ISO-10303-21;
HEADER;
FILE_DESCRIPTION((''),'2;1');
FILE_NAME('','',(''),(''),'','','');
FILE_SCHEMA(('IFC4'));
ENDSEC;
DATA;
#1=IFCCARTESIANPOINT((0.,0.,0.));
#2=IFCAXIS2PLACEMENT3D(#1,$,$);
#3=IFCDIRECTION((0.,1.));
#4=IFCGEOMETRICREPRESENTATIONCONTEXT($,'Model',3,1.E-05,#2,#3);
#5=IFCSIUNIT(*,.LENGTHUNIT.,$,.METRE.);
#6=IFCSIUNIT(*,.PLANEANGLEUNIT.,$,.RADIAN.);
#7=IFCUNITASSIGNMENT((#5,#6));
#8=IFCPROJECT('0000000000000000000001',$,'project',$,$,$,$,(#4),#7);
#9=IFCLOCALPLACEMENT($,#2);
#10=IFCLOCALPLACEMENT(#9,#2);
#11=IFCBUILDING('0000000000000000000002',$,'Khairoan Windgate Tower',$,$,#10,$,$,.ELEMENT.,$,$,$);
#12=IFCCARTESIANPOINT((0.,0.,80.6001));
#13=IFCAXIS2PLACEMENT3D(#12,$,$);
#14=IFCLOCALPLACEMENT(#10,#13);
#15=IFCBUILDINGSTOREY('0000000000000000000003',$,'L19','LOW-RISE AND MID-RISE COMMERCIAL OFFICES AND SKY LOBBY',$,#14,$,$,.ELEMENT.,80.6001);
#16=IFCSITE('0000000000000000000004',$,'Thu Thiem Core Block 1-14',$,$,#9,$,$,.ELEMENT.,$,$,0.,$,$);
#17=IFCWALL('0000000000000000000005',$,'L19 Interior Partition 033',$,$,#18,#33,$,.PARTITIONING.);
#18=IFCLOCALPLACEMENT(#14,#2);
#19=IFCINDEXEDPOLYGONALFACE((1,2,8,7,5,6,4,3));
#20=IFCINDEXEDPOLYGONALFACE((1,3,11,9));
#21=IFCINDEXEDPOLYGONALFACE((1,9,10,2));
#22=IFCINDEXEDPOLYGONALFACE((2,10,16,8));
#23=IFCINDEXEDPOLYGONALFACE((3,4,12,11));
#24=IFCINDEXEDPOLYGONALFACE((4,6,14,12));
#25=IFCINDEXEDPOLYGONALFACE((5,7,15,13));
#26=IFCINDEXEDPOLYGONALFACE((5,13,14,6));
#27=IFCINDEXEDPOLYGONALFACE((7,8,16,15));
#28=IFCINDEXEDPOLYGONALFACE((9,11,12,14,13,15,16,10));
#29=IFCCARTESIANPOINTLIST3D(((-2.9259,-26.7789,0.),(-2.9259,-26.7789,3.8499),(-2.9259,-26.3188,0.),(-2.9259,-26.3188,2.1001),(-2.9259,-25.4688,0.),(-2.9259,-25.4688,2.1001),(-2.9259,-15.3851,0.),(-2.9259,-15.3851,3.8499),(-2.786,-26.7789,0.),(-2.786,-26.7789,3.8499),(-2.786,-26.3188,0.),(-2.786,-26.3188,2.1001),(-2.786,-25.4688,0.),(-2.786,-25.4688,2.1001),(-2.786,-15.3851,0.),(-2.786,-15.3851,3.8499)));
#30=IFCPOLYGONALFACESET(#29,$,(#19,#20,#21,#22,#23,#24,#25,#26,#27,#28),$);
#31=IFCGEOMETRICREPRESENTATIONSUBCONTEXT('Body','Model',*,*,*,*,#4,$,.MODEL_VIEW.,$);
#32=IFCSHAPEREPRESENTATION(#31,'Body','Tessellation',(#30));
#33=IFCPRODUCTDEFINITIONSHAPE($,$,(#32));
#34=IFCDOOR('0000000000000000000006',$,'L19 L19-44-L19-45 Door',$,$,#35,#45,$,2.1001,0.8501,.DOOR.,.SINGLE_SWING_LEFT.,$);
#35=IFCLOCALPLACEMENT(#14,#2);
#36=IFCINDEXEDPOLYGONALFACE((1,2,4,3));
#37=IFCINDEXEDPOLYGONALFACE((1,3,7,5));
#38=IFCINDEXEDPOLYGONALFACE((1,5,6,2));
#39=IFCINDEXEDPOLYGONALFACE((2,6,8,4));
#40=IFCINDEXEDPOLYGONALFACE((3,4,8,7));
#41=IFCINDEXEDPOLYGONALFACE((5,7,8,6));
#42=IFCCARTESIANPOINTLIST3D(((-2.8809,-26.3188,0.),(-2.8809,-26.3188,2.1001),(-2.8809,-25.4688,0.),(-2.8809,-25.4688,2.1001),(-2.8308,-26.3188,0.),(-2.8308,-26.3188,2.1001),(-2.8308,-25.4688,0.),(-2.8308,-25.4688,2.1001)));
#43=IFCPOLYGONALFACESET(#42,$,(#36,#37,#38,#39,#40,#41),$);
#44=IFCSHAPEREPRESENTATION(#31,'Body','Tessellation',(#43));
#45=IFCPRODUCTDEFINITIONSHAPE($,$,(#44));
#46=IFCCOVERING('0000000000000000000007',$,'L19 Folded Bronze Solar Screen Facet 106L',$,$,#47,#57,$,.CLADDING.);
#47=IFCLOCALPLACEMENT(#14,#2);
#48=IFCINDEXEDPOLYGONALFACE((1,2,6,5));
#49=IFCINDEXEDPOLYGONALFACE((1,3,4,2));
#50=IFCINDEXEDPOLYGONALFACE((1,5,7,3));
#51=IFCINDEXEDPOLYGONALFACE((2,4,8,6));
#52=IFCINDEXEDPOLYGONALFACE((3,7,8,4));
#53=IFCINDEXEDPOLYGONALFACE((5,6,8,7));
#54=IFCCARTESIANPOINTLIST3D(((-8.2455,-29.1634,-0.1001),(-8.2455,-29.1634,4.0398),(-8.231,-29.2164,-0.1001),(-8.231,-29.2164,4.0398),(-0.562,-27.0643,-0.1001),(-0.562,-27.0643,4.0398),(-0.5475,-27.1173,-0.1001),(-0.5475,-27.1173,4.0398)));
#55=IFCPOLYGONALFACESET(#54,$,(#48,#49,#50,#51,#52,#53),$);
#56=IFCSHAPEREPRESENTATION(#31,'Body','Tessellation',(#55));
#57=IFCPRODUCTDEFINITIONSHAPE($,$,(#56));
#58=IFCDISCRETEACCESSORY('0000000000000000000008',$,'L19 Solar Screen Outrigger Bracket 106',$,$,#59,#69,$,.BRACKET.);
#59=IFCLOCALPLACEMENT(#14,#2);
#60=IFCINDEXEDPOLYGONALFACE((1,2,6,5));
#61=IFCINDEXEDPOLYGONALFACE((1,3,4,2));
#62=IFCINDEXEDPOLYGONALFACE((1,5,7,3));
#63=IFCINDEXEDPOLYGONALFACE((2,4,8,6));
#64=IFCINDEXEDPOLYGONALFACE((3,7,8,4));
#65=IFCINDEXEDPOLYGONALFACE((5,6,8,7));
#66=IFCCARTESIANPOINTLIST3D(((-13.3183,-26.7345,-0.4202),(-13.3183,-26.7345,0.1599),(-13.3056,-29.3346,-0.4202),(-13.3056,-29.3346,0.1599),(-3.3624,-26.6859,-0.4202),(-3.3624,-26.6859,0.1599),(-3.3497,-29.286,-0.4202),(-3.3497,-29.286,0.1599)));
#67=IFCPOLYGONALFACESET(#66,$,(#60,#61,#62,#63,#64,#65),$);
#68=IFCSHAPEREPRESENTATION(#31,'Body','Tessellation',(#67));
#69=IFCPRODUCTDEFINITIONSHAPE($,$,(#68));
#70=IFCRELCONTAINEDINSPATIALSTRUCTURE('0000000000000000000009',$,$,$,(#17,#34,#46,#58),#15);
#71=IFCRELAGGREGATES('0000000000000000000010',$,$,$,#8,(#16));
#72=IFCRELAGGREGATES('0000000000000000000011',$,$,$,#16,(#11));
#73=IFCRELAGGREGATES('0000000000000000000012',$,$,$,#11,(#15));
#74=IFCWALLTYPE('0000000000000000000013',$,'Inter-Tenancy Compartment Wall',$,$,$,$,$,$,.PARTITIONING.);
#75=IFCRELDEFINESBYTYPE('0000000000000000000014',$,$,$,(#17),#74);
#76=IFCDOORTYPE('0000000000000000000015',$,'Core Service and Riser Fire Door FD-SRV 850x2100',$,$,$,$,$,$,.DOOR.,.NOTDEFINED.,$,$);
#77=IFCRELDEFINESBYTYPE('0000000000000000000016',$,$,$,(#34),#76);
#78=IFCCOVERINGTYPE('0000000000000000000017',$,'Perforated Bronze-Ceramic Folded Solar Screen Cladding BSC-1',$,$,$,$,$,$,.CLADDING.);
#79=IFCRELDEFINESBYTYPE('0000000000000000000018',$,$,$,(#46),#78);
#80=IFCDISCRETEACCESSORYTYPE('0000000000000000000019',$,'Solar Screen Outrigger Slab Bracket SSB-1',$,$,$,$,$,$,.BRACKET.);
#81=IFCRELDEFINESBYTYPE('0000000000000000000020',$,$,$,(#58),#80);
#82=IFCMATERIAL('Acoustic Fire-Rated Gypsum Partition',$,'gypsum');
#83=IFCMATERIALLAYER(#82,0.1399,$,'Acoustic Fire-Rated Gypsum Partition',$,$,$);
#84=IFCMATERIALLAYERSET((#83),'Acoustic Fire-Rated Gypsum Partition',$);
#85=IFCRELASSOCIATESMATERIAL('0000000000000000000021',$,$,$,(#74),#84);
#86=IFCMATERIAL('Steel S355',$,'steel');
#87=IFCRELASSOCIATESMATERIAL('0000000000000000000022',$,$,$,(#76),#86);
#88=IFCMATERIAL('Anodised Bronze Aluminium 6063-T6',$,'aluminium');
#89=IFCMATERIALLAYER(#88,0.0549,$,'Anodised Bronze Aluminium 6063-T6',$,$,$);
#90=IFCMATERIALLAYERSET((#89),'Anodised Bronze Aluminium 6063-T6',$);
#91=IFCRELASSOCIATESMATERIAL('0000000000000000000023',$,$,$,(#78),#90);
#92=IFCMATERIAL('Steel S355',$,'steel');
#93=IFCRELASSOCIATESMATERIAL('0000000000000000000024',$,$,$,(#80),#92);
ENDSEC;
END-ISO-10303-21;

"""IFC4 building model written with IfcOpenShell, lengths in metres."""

from ifc_helpers import new_model, si_unit, direction, frame, frame_2d, origin, origin_2d, place, context, subcontext, project, spatial, rectangle, extrude, material, layer, layer_set, type_object, element, fill, save


model = new_model("IFC4")

# Units and contexts
model_context = context("Model", 3, precision=1e-05, world=origin(), true_north=direction((0.0, 1.0)))
body_context = subcontext(model_context, "Body", "Model", "MODEL_VIEW")
ifc_project = project(units=[si_unit("LENGTHUNIT", "METRE"), si_unit("PLANEANGLEUNIT", "RADIAN")], contexts=[model_context])

# Site, building, storey
site_placement = place(None, origin())
site = spatial("IfcSite", under=ifc_project, at=site_placement, Name="Thu Thiem Core Block 1-14", CompositionType="ELEMENT", RefElevation=0.0)
building_placement = place(site_placement, origin())
building = spatial("IfcBuilding", under=site, at=building_placement, Name="Khairoan Windgate Tower", CompositionType="ELEMENT")
storey_placement = place(building_placement, frame((0.0, 0.0, 80.6001)))
storey = spatial("IfcBuildingStorey", under=building, at=storey_placement, Name="L19", Description="LOW-RISE AND MID-RISE COMMERCIAL OFFICES AND SKY LOBBY", CompositionType="ELEMENT", Elevation=80.6001)

# Wall, opening, door
ifc_material_1 = material(Name="Acoustic Fire-Rated Gypsum Partition", Category="gypsum")
ifc_layer_1 = layer(ifc_material_1, 0.1399, Name="Acoustic Fire-Rated Gypsum Partition")
ifc_layer_set_1 = layer_set([ifc_layer_1], Name="Acoustic Fire-Rated Gypsum Partition")
wall_type = type_object("IfcWallType", Name="Inter-Tenancy Compartment Wall", PredefinedType="PARTITIONING", material=ifc_layer_set_1)
ifc_material_2 = material(Name="Steel S355", Category="steel")
door_type = type_object("IfcDoorType", Name="Core Service and Riser Fire Door FD-SRV 850x2100", OperationType="NOTDEFINED", PredefinedType="DOOR", material=ifc_material_2)
wall_1_placement = place(storey_placement, frame((-2.856, -26.7788, 0.0), z_axis=(0.0, 0.0, 1.0), x_axis=(0.0, 1.0, 0.0)))
wall_1 = element("IfcWall", 1, at=wall_1_placement, inside=storey, type_object=wall_type, Name="L19 Interior Partition 033", PredefinedType="PARTITIONING", context=body_context, shape_type="SweptSolid", body=[
    extrude(rectangle(XDim=11.3938, YDim=0.1399, at=frame_2d((5.6968, 0.0))), origin(), (0.0, 0.0, 1.0), 3.8499),
])
opening_1_placement = place(wall_1_placement, frame((0.46, 0.0, 0.0)))
opening_1 = element("IfcOpeningElement", 2, at=opening_1_placement, cuts=wall_1, PredefinedType="OPENING", context=body_context, shape_type="SweptSolid", body=[
    extrude(rectangle(XDim=0.8501, YDim=2.1001, at=frame_2d((0.425, 1.05))), frame((0.0, 0.0798, 0.0), z_axis=(0.0, -1.0, 0.0), x_axis=(1.0, 0.0, 0.0)), (0.0, 0.0, 1.0), 0.1599),
])
door_1_placement = place(opening_1_placement, origin())
door_1 = element("IfcDoor", 3, at=door_1_placement, inside=storey, type_object=door_type, Name="L19 L19-44-L19-45 Door", OperationType="SINGLE_SWING_LEFT", OverallHeight=2.1001, OverallWidth=0.8501, PredefinedType="DOOR", context=body_context, shape_type="SweptSolid", body=[
    extrude(rectangle(XDim=0.8501, YDim=2.1001, at=frame_2d((0.425, 1.05))), frame((0.0, 0.0249, 0.0), z_axis=(0.0, -1.0, 0.0), x_axis=(1.0, 0.0, 0.0)), (0.0, 0.0, 1.0), 0.05),
])
fill(opening_1, door_1)

# Covering
ifc_material_3 = material(Name="Anodised Bronze Aluminium 6063-T6", Category="aluminium")
ifc_layer_2 = layer(ifc_material_3, 0.0549, Name="Anodised Bronze Aluminium 6063-T6")
ifc_layer_set_2 = layer_set([ifc_layer_2], Name="Anodised Bronze Aluminium 6063-T6")
covering_type = type_object("IfcCoveringType", Name="Perforated Bronze-Ceramic Folded Solar Screen Cladding BSC-1", PredefinedType="CLADDING", material=ifc_layer_set_2)
covering_placement = place(storey_placement, frame((-4.3965, -28.1404, -0.1001), z_axis=(0.0, 0.0, 1.0), x_axis=(-0.964649, -0.263536, 0.0)))
element("IfcCovering", 4, at=covering_placement, inside=storey, type_object=covering_type, Name="L19 Folded Bronze Solar Screen Facet 106L", PredefinedType="CLADDING", context=body_context, shape_type="SweptSolid", body=[
    extrude(rectangle(XDim=7.9651, YDim=0.0549, at=origin_2d()), origin(), (0.0, 0.0, 1.0), 4.1399),
])

# Discrete accessory
ifc_material_4 = material(Name="Steel S355", Category="steel")
discrete_accessory_type = type_object("IfcDiscreteAccessoryType", Name="Solar Screen Outrigger Slab Bracket SSB-1", PredefinedType="BRACKET", material=ifc_material_4)
discrete_accessory_placement = place(storey_placement, frame((-8.334, -28.0103, -0.4202), z_axis=(0.0, 0.0, 1.0), x_axis=(-0.999988, -0.004887, 0.0)))
element("IfcDiscreteAccessory", 5, at=discrete_accessory_placement, inside=storey, type_object=discrete_accessory_type, Name="L19 Solar Screen Outrigger Bracket 106", PredefinedType="BRACKET", context=body_context, shape_type="SweptSolid", body=[
    extrude(rectangle(XDim=9.9561, YDim=2.6001, at=origin_2d()), origin(), (0.0, 0.0, 1.0), 0.5801),
])

save(model, "model.ifc")
